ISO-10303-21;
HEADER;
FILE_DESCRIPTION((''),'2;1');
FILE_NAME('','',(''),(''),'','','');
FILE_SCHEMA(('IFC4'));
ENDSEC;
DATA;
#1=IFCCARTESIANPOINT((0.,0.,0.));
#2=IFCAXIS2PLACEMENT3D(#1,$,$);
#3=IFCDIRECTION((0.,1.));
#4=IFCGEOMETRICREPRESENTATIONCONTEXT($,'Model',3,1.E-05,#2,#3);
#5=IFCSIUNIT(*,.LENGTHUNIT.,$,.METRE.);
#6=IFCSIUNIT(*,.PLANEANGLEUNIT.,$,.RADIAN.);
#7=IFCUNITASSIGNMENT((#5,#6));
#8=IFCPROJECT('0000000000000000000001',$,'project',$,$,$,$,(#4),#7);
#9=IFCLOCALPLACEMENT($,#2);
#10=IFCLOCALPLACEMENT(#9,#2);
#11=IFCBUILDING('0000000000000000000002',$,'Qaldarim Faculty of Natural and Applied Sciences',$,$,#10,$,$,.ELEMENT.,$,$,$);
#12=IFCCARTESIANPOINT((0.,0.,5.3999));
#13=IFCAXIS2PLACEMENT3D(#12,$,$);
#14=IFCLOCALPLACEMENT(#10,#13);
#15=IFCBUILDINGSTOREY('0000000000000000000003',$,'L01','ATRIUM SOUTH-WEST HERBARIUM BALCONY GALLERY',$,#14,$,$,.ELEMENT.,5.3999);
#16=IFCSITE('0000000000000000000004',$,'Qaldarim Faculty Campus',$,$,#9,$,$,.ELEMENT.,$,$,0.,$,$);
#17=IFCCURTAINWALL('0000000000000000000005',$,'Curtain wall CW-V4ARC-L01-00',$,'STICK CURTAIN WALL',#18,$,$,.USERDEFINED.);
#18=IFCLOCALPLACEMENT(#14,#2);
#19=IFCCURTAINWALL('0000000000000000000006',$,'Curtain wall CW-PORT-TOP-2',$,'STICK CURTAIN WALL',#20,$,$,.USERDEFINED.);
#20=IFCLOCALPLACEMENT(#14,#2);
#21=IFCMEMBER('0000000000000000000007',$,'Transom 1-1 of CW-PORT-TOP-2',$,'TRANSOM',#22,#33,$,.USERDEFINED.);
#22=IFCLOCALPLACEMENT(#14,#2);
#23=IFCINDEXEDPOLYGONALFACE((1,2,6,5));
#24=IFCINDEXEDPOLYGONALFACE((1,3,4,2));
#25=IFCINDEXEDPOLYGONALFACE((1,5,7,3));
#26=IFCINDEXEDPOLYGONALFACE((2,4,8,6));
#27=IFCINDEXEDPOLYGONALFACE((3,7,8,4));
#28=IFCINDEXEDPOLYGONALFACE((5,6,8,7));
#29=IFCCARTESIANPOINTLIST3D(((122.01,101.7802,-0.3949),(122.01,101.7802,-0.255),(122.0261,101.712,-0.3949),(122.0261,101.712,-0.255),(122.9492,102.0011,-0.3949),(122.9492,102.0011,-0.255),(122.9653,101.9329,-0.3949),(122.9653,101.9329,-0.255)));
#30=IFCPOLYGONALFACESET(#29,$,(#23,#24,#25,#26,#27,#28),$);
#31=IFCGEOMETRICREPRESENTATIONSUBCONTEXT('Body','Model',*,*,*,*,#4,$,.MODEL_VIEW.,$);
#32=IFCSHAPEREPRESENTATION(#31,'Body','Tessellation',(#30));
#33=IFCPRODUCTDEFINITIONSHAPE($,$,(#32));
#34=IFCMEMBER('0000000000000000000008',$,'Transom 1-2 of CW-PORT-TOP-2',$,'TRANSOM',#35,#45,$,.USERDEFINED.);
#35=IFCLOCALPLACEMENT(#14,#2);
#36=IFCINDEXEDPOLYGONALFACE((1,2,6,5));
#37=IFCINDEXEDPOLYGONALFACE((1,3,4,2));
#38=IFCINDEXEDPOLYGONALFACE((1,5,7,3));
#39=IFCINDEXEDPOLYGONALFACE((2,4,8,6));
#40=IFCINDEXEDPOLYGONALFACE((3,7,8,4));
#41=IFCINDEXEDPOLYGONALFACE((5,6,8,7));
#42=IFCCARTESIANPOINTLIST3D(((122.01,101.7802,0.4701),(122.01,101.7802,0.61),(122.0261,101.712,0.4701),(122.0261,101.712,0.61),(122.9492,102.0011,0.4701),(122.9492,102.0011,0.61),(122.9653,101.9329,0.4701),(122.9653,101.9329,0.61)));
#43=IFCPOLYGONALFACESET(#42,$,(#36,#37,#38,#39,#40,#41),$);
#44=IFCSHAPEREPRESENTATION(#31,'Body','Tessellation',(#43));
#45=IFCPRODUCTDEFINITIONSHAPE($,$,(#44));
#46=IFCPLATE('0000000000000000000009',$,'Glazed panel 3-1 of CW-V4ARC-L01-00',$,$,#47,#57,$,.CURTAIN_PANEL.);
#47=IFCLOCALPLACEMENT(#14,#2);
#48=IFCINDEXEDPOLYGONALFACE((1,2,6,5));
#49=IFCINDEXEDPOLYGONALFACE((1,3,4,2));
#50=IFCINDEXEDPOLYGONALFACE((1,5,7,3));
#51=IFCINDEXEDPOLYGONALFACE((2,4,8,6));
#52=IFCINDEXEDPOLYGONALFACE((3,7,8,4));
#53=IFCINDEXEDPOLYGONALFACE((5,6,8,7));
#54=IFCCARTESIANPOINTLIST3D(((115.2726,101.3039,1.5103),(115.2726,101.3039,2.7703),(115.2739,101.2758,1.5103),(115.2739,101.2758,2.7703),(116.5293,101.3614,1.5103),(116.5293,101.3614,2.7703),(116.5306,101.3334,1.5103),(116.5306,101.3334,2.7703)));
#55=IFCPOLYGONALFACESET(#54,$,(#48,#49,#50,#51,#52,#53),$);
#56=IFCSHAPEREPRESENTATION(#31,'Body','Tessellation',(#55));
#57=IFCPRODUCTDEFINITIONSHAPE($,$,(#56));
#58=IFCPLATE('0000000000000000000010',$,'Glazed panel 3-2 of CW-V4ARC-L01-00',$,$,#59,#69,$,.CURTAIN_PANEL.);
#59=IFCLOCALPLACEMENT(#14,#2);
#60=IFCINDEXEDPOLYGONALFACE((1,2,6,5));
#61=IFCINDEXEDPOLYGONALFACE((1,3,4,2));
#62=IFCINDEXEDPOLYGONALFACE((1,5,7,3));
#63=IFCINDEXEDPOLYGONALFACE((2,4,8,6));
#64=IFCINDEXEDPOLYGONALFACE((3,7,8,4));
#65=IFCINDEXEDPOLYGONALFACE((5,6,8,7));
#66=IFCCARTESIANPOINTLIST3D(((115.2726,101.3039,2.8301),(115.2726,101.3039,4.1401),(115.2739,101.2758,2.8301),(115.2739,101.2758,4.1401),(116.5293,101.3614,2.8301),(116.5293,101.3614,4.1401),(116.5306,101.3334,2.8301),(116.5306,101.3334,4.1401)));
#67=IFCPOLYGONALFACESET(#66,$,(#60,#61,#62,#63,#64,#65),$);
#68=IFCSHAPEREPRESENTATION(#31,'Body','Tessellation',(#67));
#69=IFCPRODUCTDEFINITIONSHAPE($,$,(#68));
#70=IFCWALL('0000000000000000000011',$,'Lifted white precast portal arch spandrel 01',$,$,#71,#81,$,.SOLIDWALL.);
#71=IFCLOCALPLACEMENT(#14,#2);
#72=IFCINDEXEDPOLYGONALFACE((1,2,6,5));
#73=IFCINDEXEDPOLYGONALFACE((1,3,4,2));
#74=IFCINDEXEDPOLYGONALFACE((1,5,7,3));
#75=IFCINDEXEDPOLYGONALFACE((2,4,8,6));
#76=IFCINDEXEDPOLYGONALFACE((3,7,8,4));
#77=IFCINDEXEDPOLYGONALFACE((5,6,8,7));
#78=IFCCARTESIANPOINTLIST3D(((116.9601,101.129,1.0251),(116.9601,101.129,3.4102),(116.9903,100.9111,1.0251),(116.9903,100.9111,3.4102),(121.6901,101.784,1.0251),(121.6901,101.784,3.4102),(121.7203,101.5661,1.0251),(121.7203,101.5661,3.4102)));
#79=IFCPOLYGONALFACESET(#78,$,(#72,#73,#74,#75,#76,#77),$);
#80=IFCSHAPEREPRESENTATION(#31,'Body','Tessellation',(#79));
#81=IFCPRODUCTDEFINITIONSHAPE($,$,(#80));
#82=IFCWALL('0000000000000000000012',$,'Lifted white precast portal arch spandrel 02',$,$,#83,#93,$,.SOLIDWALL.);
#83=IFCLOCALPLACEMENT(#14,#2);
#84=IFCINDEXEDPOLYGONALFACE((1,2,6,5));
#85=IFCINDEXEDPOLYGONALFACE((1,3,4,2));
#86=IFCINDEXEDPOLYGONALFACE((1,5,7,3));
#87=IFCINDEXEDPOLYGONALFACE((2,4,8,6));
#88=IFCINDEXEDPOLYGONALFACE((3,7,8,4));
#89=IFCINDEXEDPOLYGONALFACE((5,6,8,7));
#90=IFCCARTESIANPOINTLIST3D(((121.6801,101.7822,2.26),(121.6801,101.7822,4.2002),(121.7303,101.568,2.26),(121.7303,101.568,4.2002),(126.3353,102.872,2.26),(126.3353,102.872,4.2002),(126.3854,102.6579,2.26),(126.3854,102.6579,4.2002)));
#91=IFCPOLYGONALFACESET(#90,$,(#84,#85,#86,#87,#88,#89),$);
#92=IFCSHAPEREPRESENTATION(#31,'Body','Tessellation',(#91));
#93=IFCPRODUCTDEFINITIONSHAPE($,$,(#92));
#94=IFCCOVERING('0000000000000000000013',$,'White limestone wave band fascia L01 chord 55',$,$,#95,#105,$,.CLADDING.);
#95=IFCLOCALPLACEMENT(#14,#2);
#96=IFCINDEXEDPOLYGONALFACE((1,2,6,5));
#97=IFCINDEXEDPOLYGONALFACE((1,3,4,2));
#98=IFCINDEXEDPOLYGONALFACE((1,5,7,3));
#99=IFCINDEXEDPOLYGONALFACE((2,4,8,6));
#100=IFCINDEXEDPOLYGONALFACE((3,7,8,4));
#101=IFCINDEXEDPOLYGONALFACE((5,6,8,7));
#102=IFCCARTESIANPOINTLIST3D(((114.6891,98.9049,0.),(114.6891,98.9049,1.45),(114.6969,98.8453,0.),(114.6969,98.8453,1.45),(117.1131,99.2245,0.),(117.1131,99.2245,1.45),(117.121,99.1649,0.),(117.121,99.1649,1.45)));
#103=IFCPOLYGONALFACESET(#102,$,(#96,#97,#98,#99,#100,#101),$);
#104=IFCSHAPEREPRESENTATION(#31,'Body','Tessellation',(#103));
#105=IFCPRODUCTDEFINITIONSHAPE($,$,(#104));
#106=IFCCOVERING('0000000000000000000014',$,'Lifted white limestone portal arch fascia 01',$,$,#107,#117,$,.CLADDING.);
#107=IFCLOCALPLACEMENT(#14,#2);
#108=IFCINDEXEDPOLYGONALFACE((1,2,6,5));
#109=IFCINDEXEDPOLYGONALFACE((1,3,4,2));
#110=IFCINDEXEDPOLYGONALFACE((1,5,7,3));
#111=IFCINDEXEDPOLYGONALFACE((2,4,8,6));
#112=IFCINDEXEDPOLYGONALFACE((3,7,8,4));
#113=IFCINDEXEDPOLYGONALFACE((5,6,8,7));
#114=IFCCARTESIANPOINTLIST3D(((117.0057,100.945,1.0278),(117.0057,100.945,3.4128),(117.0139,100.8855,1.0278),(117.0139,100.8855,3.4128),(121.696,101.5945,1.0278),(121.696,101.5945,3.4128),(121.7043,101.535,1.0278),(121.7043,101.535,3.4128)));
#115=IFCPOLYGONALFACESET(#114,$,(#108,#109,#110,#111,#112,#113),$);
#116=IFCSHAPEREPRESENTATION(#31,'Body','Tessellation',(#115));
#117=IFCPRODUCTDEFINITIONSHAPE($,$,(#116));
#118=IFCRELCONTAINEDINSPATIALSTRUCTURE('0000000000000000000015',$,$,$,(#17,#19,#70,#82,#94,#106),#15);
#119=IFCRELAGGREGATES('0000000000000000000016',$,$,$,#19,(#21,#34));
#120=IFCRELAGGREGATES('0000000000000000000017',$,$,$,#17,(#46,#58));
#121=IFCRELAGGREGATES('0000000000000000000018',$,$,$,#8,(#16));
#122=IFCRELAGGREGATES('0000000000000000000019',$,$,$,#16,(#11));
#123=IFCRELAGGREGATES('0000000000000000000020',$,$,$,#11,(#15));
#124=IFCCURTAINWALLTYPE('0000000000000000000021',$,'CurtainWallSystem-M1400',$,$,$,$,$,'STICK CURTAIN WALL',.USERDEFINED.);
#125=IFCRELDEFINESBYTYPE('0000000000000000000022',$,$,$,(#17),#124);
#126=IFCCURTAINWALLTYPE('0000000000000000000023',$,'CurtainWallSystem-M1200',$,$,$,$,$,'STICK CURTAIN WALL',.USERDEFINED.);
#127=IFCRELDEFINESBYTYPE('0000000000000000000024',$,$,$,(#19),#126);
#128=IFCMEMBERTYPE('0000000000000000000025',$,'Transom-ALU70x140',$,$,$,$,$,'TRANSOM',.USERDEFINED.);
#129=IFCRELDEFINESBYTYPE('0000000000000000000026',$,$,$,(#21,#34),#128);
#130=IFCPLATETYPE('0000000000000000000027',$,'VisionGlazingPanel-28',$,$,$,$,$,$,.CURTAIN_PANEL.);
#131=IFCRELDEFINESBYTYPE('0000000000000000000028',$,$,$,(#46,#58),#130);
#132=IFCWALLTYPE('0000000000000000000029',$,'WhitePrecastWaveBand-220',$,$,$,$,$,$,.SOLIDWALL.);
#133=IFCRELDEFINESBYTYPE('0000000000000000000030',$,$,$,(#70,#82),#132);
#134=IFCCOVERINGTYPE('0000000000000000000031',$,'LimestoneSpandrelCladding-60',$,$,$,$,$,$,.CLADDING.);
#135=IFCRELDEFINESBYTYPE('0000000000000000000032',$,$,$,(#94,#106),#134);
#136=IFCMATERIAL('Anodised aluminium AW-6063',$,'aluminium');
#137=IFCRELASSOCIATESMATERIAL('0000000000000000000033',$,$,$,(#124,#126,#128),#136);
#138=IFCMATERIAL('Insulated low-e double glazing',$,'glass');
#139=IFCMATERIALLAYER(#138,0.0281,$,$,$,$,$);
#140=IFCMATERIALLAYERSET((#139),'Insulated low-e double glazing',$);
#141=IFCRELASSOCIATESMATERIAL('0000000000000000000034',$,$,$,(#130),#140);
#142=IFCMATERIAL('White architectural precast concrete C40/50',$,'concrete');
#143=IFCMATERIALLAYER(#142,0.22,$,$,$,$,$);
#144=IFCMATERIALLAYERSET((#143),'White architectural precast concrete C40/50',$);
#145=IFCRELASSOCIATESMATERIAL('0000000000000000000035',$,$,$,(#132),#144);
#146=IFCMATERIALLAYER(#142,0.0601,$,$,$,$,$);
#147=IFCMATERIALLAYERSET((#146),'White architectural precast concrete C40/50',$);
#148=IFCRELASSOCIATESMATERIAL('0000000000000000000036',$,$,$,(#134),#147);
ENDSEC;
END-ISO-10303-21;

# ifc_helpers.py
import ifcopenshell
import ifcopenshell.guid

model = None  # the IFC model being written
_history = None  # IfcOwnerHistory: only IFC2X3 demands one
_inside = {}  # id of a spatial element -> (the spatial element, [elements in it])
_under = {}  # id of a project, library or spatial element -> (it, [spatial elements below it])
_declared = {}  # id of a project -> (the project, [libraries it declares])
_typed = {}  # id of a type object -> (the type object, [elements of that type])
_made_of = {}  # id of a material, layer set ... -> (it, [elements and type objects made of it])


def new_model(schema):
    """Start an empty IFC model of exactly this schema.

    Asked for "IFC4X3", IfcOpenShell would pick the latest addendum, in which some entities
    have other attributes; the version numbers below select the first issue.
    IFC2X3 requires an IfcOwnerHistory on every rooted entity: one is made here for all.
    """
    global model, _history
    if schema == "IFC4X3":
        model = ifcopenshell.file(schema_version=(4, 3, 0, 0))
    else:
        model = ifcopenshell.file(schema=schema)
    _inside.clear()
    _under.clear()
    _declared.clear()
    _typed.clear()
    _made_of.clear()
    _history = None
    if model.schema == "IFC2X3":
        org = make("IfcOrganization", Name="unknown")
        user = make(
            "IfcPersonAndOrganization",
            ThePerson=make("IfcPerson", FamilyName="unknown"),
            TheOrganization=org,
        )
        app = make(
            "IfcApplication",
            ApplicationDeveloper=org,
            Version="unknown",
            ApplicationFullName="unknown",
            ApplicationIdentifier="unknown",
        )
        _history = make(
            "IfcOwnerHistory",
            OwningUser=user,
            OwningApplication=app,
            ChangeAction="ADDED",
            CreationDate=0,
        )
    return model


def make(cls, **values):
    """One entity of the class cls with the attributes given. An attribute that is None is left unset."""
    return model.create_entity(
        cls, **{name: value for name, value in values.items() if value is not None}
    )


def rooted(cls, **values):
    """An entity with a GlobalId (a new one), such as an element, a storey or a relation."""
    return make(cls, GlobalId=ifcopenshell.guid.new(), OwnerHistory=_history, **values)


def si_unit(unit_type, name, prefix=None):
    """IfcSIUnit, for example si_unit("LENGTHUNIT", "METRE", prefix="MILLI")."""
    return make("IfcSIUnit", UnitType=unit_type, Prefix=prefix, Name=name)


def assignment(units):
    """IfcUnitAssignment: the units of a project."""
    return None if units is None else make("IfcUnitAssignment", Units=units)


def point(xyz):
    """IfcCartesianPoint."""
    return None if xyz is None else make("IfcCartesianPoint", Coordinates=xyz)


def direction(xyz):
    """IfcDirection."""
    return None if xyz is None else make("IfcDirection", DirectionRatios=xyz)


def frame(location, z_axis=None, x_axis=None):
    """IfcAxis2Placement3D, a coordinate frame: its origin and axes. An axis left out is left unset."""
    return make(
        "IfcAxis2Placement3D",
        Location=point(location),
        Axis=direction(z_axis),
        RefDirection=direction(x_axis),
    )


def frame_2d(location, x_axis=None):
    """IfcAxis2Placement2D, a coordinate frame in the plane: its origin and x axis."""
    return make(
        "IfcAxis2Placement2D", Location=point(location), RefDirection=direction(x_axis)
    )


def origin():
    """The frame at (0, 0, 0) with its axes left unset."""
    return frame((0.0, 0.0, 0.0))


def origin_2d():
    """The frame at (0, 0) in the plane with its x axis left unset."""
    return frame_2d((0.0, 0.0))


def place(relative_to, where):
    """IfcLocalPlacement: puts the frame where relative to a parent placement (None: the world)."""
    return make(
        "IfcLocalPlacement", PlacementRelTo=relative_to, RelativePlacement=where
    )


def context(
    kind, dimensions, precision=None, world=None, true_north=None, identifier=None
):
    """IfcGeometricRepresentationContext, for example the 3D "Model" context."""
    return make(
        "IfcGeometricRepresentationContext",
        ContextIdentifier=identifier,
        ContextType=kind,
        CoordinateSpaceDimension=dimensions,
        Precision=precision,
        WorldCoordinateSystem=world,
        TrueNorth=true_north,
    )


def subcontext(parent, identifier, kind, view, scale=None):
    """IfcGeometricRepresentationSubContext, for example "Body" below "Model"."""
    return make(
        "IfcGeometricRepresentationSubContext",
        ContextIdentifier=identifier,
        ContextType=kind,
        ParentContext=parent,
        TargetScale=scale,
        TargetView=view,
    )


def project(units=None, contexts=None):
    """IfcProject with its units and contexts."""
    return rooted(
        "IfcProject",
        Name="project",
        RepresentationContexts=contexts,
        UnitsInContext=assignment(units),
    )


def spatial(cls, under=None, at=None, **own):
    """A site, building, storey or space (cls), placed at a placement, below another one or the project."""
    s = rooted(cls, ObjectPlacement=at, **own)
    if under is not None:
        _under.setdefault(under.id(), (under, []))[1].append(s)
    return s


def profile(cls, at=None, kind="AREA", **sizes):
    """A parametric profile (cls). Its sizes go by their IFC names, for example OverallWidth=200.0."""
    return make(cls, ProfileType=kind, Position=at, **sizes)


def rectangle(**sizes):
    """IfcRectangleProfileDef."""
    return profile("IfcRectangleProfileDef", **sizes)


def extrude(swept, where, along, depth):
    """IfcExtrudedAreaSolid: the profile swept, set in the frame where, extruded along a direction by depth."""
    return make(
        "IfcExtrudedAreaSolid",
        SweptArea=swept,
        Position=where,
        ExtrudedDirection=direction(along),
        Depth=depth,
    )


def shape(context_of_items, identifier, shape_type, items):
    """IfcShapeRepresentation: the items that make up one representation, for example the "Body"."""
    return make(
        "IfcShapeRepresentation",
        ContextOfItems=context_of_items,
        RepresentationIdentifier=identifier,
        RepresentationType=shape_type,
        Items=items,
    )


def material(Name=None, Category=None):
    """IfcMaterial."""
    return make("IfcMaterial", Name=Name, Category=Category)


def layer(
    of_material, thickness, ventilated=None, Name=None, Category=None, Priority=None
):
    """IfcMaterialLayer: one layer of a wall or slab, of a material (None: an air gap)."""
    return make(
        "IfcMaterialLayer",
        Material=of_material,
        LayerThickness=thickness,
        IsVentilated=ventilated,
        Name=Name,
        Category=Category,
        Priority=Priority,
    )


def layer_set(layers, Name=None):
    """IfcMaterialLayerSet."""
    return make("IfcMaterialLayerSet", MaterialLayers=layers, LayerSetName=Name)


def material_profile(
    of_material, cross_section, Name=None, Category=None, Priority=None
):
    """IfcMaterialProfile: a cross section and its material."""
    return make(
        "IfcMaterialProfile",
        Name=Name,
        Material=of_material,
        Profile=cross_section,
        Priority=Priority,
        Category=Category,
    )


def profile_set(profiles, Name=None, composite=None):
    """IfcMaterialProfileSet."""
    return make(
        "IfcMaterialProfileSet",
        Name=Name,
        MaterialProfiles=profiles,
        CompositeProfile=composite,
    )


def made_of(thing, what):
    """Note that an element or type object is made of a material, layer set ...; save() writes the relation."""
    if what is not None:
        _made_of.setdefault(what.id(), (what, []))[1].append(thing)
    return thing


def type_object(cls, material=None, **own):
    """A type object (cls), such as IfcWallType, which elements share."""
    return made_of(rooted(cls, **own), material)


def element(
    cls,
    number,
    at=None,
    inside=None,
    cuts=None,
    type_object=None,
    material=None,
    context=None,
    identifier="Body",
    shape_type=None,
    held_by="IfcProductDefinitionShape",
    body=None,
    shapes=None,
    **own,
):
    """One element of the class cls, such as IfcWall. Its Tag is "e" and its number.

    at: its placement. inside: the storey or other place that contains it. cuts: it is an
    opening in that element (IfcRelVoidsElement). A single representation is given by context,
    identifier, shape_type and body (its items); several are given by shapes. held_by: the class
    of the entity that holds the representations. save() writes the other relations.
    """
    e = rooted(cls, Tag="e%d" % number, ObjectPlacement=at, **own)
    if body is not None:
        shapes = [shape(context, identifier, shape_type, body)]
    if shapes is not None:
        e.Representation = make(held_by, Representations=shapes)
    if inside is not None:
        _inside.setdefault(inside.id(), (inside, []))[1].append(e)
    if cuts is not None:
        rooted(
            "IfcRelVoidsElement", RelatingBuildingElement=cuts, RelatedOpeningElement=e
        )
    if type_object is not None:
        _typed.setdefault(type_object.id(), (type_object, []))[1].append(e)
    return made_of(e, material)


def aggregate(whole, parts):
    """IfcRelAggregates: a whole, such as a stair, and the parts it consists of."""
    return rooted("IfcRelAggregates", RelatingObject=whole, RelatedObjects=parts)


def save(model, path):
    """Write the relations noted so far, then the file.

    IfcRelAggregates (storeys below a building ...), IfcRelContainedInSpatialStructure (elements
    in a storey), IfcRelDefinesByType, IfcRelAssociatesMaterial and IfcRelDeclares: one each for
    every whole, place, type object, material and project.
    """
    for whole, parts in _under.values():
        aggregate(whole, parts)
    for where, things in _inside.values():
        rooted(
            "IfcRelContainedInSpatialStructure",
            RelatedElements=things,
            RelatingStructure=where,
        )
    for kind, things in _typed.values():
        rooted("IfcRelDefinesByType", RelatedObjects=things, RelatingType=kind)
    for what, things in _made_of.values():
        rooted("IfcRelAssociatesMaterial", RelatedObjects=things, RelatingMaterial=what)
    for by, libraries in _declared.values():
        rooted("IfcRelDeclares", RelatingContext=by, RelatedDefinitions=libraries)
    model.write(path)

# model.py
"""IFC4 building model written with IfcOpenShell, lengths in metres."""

from ifc_helpers import new_model, si_unit, direction, frame, frame_2d, origin, origin_2d, place, context, subcontext, project, spatial, rectangle, extrude, material, layer, layer_set, material_profile, profile_set, type_object, element, aggregate, save


model = new_model("IFC4")

# Units and contexts
model_context = context("Model", 3, precision=1e-05, world=origin(), true_north=direction((0.0, 1.0)))
body_context = subcontext(model_context, "Body", "Model", "MODEL_VIEW")
ifc_project = project(units=[si_unit("LENGTHUNIT", "METRE"), si_unit("PLANEANGLEUNIT", "RADIAN")], contexts=[model_context])

# Site, building, storey
site_placement = place(None, origin())
site = spatial("IfcSite", under=ifc_project, at=site_placement, Name="Qaldarim Faculty Campus", CompositionType="ELEMENT", RefElevation=0.0)
building_placement = place(site_placement, origin())
building = spatial("IfcBuilding", under=site, at=building_placement, Name="Qaldarim Faculty of Natural and Applied Sciences", CompositionType="ELEMENT")
storey_placement = place(building_placement, frame((0.0, 0.0, 5.3999)))
storey = spatial("IfcBuildingStorey", under=building, at=storey_placement, Name="L01", Description="ATRIUM SOUTH-WEST HERBARIUM BALCONY GALLERY", CompositionType="ELEMENT", Elevation=5.3999)

# Curtain wall
ifc_material_1 = material(Name="Anodised aluminium AW-6063", Category="aluminium")
curtain_wall_type_1 = type_object("IfcCurtainWallType", Name="CurtainWallSystem-M1400", ElementType="STICK CURTAIN WALL", PredefinedType="USERDEFINED", material=ifc_material_1)
curtain_wall_1_placement = place(storey_placement, origin())
curtain_wall_1 = element("IfcCurtainWall", 1, at=curtain_wall_1_placement, inside=storey, type_object=curtain_wall_type_1, Name="Curtain wall CW-V4ARC-L01-00", ObjectType="STICK CURTAIN WALL", PredefinedType="USERDEFINED")

# Curtain wall
curtain_wall_type_2 = type_object("IfcCurtainWallType", Name="CurtainWallSystem-M1200", ElementType="STICK CURTAIN WALL", PredefinedType="USERDEFINED", material=ifc_material_1)
curtain_wall_2_placement = place(storey_placement, origin())
curtain_wall_2 = element("IfcCurtainWall", 2, at=curtain_wall_2_placement, inside=storey, type_object=curtain_wall_type_2, Name="Curtain wall CW-PORT-TOP-2", ObjectType="STICK CURTAIN WALL", PredefinedType="USERDEFINED")

# Members
ifc_material_profile_1 = material_profile(ifc_material_1, rectangle(XDim=0.0701, YDim=0.1399, at=origin_2d()), Name="ALU-T70x140")
ifc_profile_set_1 = profile_set([ifc_material_profile_1], Name="Anodised aluminium AW-6063")
member_type_1 = type_object("IfcMemberType", Name="Transom-ALU70x140", ElementType="TRANSOM", PredefinedType="USERDEFINED", material=ifc_profile_set_1)
member_1_placement = place(storey_placement, frame((122.0181, 101.7461, -0.325), z_axis=(0.973427, 0.228997, 0.0), x_axis=(-0.228997, 0.973427, 0.0)))
member_1 = element("IfcMember", 3, at=member_1_placement, type_object=member_type_1, Name="Transom 1-1 of CW-PORT-TOP-2", ObjectType="TRANSOM", PredefinedType="USERDEFINED", context=body_context, shape_type="SweptSolid", body=[
    extrude(rectangle(XDim=0.0701, YDim=0.1399, at=origin_2d()), origin(), (0.0, 0.0, 1.0), 0.9648),
])
member_2_placement = place(storey_placement, frame((122.0181, 101.7461, 0.54), z_axis=(0.973427, 0.228997, 0.0), x_axis=(-0.228997, 0.973427, 0.0)))
member_2 = element("IfcMember", 4, at=member_2_placement, type_object=member_type_1, Name="Transom 1-2 of CW-PORT-TOP-2", ObjectType="TRANSOM", PredefinedType="USERDEFINED", context=body_context, shape_type="SweptSolid", body=[
    extrude(rectangle(XDim=0.0701, YDim=0.1399, at=origin_2d()), origin(), (0.0, 0.0, 1.0), 0.9648),
])
aggregate(curtain_wall_2, [member_1, member_2])

# Plates
ifc_material_2 = material(Name="Insulated low-e double glazing", Category="glass")
ifc_layer_1 = layer(ifc_material_2, 0.0281)
ifc_layer_set_1 = layer_set([ifc_layer_1], Name="Insulated low-e double glazing")
plate_type = type_object("IfcPlateType", Name="VisionGlazingPanel-28", PredefinedType="CURTAIN_PANEL", material=ifc_layer_set_1)
plate_1_placement = place(storey_placement, frame((115.9016, 101.3186, 1.5103), z_axis=(0.0, 0.0, 1.0), x_axis=(0.998953, 0.045747, 0.0)))
plate_1 = element("IfcPlate", 5, at=plate_1_placement, type_object=plate_type, Name="Glazed panel 3-1 of CW-V4ARC-L01-00", PredefinedType="CURTAIN_PANEL", context=body_context, shape_type="SweptSolid", body=[
    extrude(rectangle(XDim=1.2581, YDim=0.0281, at=origin_2d()), origin(), (0.0, 0.0, 1.0), 1.26),
])
plate_2_placement = place(storey_placement, frame((115.9016, 101.3186, 2.8301), z_axis=(0.0, 0.0, 1.0), x_axis=(0.998953, 0.045747, 0.0)))
plate_2 = element("IfcPlate", 6, at=plate_2_placement, type_object=plate_type, Name="Glazed panel 3-2 of CW-V4ARC-L01-00", PredefinedType="CURTAIN_PANEL", context=body_context, shape_type="SweptSolid", body=[
    extrude(rectangle(XDim=1.2581, YDim=0.0281, at=origin_2d()), origin(), (0.0, 0.0, 1.0), 1.3101),
])
aggregate(curtain_wall_1, [plate_1, plate_2])

# Walls
ifc_material_3 = material(Name="White architectural precast concrete C40/50", Category="concrete")
ifc_layer_2 = layer(ifc_material_3, 0.22)
ifc_layer_set_2 = layer_set([ifc_layer_2], Name="White architectural precast concrete C40/50")
wall_type = type_object("IfcWallType", Name="WhitePrecastWaveBand-220", PredefinedType="SOLIDWALL", material=ifc_layer_set_2)
wall_1_placement = place(storey_placement, frame((116.9751, 101.02, 1.0251), z_axis=(0.0, 0.0, 1.0), x_axis=(0.990547, 0.137175, 0.0)))
element("IfcWall", 7, at=wall_1_placement, inside=storey, type_object=wall_type, Name="Lifted white precast portal arch spandrel 01", PredefinedType="SOLIDWALL", context=body_context, shape_type="SweptSolid", body=[
    extrude(rectangle(XDim=4.7751, YDim=0.22, at=frame_2d((2.3877, 0.0))), origin(), (0.0, 0.0, 1.0), 2.385),
])
wall_2_placement = place(storey_placement, frame((121.7051, 101.675, 2.26), z_axis=(0.0, 0.0, 1.0), x_axis=(0.973671, 0.227958, 0.0)))
element("IfcWall", 8, at=wall_2_placement, inside=storey, type_object=wall_type, Name="Lifted white precast portal arch spandrel 02", PredefinedType="SOLIDWALL", context=body_context, shape_type="SweptSolid", body=[
    extrude(rectangle(XDim=4.781, YDim=0.22, at=frame_2d((2.3906, 0.0))), origin(), (0.0, 0.0, 1.0), 1.9402),
])

# Coverings
ifc_layer_3 = layer(ifc_material_3, 0.0601)
ifc_layer_set_3 = layer_set([ifc_layer_3], Name="White architectural precast concrete C40/50")
covering_type = type_object("IfcCoveringType", Name="LimestoneSpandrelCladding-60", PredefinedType="CLADDING", material=ifc_layer_set_3)
covering_1_placement = place(storey_placement, frame((115.905, 99.0349, 0.0), z_axis=(0.0, 0.0, 1.0), x_axis=(0.99142, 0.130717, 0.0)))
element("IfcCovering", 9, at=covering_1_placement, inside=storey, type_object=covering_type, Name="White limestone wave band fascia L01 chord 55", PredefinedType="CLADDING", context=body_context, shape_type="SweptSolid", body=[
    extrude(rectangle(XDim=2.4451, YDim=0.0601, at=origin_2d()), origin(), (0.0, 0.0, 1.0), 1.45),
])
covering_2_placement = place(storey_placement, frame((119.355, 101.24, 1.0278), z_axis=(0.0, 0.0, 1.0), x_axis=(0.990548, 0.137168, 0.0)))
element("IfcCovering", 10, at=covering_2_placement, inside=storey, type_object=covering_type, Name="Lifted white limestone portal arch fascia 01", PredefinedType="CLADDING", context=body_context, shape_type="SweptSolid", body=[
    extrude(rectangle(XDim=4.7351, YDim=0.0601, at=origin_2d()), origin(), (0.0, 0.0, 1.0), 2.385),
])

save(model, "model.ifc")
